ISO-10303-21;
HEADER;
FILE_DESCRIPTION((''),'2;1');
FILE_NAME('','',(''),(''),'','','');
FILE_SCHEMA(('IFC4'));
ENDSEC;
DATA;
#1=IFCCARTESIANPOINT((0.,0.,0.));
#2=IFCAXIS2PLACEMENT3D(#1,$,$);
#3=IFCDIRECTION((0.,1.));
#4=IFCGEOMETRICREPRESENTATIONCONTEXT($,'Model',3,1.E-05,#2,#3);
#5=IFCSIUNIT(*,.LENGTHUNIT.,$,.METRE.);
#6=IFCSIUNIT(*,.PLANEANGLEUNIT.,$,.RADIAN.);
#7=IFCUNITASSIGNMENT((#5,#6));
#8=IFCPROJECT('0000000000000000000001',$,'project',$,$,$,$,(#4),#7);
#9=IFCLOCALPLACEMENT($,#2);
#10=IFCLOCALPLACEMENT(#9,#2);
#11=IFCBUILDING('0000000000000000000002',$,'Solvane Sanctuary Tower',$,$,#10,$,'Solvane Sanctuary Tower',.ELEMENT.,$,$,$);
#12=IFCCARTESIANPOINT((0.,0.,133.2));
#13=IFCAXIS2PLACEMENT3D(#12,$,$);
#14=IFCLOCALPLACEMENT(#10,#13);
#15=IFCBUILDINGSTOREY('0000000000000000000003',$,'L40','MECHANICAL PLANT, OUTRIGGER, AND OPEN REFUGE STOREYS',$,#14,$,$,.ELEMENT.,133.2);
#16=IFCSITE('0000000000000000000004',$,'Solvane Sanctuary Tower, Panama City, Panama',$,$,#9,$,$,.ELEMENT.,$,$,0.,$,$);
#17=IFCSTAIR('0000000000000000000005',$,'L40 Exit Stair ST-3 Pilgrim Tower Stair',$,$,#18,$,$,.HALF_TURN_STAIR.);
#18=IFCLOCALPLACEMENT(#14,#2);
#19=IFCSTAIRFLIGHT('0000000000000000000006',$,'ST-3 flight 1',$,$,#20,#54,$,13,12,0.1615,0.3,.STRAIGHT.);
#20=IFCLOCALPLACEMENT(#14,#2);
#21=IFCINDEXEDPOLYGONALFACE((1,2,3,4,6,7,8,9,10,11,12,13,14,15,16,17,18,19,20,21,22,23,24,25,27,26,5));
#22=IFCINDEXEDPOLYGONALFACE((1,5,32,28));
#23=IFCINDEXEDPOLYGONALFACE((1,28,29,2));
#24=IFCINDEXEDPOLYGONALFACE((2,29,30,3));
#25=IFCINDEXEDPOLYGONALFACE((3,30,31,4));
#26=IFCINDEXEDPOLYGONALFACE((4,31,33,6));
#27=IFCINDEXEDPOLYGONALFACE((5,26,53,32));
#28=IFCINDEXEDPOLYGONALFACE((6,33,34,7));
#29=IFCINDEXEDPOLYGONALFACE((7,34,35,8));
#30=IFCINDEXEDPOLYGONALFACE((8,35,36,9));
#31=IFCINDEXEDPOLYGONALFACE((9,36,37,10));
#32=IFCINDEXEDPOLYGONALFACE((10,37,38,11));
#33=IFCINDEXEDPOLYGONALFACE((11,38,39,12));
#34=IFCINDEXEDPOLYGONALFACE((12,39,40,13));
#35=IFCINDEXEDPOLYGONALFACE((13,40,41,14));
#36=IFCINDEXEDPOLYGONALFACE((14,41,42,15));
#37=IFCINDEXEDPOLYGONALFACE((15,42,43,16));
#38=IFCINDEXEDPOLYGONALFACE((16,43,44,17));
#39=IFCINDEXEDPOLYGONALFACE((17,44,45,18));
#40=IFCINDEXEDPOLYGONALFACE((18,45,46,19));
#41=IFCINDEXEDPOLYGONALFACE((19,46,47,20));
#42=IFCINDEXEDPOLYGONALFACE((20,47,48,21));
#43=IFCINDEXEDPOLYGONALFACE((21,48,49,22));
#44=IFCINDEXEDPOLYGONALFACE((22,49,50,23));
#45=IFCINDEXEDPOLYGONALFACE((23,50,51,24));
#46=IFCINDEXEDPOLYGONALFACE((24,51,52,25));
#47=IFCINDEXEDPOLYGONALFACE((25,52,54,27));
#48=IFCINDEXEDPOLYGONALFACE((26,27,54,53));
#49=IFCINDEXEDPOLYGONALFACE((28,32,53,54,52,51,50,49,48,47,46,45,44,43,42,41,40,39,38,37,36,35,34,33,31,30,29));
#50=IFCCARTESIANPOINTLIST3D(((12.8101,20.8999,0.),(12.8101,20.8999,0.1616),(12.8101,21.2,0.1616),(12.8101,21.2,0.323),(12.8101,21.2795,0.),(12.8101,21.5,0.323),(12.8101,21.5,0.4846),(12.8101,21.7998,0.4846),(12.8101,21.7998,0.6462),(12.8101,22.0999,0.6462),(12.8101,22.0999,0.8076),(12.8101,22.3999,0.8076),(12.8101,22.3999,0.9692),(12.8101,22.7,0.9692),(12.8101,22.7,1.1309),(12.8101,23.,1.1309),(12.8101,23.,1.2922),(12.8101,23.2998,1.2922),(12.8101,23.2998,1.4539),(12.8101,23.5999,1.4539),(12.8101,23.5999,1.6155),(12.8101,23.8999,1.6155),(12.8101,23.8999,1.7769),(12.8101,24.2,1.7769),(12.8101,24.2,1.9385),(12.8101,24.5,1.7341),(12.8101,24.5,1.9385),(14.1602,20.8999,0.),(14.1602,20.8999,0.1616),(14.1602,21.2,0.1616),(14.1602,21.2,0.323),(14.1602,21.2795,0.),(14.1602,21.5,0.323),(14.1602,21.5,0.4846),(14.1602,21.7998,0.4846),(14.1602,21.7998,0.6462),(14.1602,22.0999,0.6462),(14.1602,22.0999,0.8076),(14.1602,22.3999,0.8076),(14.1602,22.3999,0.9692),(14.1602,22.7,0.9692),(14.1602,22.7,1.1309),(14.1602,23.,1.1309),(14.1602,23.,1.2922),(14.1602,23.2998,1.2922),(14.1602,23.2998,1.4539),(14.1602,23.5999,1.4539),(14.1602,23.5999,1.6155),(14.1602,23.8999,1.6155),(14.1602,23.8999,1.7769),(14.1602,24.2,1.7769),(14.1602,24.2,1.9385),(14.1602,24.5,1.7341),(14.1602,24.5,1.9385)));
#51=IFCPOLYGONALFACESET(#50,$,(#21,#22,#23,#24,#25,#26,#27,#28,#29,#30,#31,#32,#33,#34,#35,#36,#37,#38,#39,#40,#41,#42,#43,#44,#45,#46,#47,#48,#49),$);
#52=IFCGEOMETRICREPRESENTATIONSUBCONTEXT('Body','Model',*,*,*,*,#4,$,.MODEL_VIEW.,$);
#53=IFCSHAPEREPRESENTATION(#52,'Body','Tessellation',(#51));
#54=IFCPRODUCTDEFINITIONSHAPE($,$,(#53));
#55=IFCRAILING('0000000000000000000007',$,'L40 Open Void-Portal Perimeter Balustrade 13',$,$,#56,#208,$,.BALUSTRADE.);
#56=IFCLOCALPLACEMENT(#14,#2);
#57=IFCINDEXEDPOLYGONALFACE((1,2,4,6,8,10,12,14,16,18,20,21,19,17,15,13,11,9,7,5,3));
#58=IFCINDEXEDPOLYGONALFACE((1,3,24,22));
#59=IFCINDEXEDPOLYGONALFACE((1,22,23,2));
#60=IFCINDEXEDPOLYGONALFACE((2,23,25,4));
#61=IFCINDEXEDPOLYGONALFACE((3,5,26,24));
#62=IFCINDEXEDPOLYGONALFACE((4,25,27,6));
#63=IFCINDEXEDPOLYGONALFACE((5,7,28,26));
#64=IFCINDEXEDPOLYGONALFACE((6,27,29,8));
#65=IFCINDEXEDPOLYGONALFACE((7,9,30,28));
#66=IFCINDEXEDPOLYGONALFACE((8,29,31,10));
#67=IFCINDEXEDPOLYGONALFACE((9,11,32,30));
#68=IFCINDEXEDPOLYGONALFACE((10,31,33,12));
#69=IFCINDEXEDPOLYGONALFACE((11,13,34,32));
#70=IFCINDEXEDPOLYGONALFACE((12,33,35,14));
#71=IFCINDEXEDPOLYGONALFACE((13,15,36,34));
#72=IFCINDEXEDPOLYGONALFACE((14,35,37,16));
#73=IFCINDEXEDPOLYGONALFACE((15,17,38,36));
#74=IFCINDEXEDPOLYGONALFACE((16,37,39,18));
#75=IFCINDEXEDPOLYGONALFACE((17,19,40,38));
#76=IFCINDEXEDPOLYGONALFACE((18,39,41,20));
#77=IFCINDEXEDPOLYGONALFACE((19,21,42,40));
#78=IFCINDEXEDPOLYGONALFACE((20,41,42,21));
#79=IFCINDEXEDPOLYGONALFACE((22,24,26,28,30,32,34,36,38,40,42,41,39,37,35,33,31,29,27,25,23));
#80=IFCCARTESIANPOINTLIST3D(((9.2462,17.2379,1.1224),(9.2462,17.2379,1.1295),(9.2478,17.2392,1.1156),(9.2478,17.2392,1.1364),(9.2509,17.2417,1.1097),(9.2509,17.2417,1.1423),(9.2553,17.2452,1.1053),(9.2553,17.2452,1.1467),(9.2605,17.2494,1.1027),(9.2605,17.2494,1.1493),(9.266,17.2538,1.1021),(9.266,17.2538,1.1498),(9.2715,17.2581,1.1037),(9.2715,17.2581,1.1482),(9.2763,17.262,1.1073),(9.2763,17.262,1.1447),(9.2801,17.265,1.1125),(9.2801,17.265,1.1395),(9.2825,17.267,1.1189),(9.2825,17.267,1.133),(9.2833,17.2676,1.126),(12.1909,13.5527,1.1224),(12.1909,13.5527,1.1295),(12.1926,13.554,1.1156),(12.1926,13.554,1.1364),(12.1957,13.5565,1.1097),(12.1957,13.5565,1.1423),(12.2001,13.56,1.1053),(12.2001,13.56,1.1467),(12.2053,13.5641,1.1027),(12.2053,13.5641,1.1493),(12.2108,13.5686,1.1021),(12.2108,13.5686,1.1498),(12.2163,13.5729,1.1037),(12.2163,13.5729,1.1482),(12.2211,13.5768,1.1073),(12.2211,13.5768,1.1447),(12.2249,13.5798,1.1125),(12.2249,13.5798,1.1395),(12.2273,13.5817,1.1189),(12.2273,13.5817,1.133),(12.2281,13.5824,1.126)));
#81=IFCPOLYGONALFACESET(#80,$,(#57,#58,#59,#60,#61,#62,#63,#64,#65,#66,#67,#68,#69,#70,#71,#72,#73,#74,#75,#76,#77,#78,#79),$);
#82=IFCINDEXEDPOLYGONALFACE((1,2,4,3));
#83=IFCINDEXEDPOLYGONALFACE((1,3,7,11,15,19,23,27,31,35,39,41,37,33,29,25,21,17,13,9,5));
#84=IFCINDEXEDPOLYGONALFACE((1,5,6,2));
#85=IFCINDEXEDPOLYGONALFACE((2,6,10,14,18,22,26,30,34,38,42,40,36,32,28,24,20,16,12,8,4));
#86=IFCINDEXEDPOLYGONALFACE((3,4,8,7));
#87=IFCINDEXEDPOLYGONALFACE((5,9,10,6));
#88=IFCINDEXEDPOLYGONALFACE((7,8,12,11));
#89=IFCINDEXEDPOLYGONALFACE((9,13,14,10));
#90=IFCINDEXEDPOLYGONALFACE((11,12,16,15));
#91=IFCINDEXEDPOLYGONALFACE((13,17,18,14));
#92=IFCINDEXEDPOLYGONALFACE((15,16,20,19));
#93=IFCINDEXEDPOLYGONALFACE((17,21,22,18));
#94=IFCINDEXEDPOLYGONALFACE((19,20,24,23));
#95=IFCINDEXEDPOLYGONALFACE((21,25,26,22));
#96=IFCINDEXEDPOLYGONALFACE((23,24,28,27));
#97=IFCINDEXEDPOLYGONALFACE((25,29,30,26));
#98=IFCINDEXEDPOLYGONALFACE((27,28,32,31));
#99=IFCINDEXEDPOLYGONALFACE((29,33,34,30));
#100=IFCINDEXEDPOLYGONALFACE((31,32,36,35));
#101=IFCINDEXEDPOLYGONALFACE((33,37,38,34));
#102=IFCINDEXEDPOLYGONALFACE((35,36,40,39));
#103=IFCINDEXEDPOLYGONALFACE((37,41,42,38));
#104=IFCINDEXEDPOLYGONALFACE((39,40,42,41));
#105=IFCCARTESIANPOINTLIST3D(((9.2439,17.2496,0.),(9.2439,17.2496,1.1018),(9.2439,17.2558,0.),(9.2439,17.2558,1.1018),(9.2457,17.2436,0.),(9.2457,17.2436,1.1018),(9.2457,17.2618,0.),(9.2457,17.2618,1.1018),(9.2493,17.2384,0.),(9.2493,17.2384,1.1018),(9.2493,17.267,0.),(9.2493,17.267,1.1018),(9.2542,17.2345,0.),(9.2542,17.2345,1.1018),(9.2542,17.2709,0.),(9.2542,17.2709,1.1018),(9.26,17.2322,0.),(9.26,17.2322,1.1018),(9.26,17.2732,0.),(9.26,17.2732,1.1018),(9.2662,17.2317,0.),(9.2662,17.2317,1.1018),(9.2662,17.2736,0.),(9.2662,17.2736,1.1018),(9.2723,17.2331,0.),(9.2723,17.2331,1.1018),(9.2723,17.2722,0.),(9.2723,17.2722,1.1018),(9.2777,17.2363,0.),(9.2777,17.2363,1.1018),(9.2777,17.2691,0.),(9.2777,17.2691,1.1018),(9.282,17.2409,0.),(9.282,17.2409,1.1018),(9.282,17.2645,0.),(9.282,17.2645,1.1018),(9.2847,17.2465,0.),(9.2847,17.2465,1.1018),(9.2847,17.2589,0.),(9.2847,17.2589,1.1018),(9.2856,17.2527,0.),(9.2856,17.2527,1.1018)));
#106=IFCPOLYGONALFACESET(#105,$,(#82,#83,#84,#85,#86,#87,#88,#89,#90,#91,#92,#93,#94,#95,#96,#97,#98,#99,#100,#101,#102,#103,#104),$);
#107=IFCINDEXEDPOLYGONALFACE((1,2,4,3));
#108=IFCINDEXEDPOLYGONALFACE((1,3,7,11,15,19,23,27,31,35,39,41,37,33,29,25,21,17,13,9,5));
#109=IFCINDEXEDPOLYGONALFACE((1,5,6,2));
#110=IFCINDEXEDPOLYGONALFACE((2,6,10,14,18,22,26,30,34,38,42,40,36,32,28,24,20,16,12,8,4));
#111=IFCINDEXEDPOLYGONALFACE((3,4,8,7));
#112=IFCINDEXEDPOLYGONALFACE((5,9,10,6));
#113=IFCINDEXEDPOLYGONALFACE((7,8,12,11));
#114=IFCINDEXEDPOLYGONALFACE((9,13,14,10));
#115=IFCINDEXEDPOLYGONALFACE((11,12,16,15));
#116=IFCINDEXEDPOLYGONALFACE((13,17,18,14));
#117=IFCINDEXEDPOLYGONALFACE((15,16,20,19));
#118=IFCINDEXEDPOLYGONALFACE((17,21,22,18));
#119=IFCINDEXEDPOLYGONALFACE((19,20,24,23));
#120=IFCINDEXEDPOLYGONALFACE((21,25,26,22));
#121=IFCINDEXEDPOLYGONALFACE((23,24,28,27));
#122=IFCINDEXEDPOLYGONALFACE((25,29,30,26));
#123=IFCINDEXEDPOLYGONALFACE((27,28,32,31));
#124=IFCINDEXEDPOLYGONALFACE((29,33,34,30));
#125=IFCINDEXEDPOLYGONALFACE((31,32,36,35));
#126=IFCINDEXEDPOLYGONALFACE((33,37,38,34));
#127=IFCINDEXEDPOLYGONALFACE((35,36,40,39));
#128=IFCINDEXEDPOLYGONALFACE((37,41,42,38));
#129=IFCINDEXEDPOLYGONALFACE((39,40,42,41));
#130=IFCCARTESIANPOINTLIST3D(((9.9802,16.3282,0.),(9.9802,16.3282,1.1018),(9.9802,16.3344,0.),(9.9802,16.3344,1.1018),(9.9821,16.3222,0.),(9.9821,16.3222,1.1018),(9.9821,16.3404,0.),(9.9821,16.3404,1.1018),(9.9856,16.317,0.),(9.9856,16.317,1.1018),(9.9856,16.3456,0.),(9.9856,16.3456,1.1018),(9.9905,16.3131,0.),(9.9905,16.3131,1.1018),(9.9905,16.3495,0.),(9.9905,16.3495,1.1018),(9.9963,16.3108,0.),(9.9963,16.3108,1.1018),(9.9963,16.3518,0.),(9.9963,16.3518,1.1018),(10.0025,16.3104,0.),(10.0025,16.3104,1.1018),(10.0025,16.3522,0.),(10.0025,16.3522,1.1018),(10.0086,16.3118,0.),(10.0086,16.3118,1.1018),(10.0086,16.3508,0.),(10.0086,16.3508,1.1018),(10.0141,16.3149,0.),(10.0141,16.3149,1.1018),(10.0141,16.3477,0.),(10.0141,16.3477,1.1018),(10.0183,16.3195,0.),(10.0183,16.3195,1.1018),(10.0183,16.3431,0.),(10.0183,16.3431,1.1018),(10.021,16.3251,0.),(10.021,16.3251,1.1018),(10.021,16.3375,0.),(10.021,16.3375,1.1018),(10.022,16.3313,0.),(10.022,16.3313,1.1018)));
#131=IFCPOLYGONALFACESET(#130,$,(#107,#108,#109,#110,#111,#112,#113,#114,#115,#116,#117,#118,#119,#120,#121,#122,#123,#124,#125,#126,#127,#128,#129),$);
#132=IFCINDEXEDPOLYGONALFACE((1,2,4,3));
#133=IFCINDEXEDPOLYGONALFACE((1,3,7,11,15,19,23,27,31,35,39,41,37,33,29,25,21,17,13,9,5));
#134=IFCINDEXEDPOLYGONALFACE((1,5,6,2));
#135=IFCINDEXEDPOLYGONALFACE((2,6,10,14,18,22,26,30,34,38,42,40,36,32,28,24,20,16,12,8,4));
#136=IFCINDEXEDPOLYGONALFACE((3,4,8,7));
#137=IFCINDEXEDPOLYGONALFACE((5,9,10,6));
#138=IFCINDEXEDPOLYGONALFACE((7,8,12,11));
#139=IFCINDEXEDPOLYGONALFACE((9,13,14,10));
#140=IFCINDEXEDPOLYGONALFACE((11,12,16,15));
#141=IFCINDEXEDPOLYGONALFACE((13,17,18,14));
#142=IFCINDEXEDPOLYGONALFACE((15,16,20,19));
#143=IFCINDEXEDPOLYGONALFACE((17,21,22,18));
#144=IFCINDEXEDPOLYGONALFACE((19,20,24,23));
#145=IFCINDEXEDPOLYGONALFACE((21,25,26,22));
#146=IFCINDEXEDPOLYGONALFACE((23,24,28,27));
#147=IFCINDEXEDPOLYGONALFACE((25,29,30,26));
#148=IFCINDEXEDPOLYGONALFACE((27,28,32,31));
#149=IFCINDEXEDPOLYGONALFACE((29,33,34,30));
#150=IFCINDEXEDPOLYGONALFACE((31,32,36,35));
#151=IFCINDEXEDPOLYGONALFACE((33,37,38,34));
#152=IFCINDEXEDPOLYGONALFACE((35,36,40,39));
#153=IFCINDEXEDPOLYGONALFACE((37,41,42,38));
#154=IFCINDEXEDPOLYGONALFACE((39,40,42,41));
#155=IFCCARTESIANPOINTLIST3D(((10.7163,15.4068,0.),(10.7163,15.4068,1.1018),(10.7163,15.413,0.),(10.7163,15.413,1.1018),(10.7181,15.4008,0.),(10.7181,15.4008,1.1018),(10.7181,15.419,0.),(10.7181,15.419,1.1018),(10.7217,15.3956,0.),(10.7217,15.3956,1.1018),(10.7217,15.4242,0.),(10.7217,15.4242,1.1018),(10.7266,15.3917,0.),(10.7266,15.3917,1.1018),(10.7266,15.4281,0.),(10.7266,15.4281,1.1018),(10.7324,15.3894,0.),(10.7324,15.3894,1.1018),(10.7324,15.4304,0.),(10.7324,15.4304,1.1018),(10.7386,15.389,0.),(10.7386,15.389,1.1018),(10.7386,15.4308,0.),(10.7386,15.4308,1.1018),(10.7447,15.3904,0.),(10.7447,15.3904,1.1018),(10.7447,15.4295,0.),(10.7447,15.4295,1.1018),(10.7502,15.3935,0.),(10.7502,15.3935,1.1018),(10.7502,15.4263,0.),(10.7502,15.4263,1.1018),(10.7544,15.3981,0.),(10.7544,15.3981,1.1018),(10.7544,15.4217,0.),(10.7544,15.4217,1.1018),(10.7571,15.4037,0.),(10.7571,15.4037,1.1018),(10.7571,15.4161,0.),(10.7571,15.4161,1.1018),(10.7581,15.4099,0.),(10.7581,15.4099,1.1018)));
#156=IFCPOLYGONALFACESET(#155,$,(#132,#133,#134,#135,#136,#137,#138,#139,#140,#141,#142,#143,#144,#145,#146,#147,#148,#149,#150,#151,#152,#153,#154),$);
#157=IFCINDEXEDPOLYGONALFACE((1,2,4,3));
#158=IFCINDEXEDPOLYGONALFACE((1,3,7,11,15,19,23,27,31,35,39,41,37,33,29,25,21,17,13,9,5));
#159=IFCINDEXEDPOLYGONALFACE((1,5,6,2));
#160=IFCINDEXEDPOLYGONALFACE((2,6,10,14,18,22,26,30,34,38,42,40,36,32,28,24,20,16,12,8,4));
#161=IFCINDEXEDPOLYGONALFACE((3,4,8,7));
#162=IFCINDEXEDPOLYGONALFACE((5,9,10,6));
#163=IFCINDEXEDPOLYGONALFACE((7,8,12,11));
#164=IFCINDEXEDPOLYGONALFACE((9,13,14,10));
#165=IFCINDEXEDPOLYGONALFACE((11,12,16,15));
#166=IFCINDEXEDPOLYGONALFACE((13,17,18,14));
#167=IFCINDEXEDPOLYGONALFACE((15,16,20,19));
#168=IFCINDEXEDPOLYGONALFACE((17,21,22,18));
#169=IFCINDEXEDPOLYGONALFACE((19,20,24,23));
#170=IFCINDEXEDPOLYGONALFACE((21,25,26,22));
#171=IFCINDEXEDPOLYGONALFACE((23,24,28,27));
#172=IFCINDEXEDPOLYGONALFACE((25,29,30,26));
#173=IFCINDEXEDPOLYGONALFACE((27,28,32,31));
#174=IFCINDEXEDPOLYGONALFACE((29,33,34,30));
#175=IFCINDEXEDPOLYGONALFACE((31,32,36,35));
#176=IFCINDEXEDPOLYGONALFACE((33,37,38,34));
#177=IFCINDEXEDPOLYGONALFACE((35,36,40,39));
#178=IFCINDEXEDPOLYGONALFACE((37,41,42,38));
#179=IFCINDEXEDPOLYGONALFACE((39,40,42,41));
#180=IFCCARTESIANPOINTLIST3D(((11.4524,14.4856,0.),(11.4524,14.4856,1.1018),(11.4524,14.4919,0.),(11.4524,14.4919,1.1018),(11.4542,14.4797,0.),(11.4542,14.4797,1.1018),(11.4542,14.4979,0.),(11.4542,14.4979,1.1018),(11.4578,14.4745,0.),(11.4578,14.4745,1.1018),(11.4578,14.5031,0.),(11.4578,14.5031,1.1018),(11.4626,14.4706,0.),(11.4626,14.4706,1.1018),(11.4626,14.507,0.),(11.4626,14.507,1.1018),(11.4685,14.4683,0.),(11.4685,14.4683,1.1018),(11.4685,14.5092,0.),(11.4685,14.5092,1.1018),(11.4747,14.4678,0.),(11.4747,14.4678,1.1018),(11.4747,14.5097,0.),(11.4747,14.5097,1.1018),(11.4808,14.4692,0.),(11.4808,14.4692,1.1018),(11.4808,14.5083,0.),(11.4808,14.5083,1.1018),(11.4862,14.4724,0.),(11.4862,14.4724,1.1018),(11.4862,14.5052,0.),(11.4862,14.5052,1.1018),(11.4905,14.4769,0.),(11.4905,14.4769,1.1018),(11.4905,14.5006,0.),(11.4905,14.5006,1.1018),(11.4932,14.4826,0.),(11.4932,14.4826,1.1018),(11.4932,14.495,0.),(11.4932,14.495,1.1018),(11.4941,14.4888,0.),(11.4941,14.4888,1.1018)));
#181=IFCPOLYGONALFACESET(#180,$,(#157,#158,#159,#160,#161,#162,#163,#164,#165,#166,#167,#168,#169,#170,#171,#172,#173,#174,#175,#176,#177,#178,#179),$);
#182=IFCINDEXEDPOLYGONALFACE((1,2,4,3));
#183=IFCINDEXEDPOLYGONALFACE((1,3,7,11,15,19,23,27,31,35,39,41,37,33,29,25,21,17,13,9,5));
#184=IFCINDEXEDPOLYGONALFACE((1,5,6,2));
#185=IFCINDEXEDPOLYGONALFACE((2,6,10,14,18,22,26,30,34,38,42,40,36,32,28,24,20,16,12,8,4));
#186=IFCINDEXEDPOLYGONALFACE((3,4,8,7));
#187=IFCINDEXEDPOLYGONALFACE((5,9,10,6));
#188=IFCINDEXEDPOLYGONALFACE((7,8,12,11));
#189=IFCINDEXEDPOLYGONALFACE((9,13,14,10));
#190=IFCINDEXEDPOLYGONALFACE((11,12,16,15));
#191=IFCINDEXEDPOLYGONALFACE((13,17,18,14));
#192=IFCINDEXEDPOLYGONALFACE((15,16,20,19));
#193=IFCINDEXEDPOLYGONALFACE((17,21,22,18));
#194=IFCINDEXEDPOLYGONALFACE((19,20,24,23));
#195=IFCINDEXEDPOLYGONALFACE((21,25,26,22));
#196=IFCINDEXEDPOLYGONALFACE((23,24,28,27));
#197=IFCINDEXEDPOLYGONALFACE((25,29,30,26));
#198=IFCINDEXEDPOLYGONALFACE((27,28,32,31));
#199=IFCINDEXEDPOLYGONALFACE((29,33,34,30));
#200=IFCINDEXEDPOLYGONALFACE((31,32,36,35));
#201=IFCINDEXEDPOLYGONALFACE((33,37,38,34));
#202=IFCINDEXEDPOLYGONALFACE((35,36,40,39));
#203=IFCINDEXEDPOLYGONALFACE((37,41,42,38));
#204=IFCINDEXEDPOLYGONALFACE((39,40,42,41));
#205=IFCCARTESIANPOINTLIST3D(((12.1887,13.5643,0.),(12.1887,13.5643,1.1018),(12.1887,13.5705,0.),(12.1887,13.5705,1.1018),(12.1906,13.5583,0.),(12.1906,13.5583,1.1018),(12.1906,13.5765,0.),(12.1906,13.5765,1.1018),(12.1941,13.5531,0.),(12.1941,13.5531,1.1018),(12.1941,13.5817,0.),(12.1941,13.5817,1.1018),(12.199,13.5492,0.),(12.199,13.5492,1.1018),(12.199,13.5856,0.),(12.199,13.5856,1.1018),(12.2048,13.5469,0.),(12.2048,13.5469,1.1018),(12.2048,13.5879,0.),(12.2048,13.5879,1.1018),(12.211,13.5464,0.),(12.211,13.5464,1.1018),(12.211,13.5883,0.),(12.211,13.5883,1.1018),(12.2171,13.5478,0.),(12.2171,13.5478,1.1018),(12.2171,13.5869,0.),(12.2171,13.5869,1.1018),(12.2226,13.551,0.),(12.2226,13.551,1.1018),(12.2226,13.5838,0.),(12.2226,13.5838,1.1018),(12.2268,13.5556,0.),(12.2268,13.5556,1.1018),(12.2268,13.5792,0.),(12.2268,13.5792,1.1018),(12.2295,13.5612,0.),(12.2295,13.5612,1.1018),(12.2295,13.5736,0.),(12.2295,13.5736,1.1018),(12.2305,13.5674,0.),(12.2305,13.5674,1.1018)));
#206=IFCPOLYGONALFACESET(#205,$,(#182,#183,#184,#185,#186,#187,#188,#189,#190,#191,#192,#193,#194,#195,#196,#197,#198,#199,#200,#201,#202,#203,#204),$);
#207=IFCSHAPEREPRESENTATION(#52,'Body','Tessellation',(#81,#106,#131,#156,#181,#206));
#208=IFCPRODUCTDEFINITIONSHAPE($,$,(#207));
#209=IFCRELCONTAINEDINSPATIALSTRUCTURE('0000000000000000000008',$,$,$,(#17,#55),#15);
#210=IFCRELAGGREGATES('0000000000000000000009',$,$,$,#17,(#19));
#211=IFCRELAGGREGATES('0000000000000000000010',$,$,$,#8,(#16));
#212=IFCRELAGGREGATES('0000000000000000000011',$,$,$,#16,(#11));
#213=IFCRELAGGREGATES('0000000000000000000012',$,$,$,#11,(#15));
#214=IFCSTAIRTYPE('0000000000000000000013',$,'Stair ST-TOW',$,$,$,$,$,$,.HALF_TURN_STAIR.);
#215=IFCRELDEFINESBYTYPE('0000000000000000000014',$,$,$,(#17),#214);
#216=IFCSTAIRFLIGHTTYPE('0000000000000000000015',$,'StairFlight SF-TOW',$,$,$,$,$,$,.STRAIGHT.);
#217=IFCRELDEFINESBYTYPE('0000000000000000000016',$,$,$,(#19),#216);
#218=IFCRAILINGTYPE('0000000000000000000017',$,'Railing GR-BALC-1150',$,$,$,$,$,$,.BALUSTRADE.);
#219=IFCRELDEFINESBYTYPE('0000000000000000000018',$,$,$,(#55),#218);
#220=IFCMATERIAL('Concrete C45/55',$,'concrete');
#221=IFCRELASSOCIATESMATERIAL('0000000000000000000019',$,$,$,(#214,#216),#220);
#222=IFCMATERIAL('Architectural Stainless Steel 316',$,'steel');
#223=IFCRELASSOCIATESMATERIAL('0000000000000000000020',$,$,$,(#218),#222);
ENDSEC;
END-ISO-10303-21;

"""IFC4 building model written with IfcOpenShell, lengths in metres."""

from ifc_helpers import new_model, si_unit, direction, frame, origin, origin_2d, place, context, subcontext, project, spatial, polyline, circle, outline, extrude, material, type_object, element, aggregate, save


model = new_model("IFC4")

# Units and contexts
model_context = context("Model", 3, precision=1e-05, world=origin(), true_north=direction((0.0, 1.0)))
body_context = subcontext(model_context, "Body", "Model", "MODEL_VIEW")
ifc_project = project(units=[si_unit("LENGTHUNIT", "METRE"), si_unit("PLANEANGLEUNIT", "RADIAN")], contexts=[model_context])

# Site, building, storey
site_placement = place(None, origin())
site = spatial("IfcSite", under=ifc_project, at=site_placement, Name="Solvane Sanctuary Tower, Panama City, Panama", CompositionType="ELEMENT", RefElevation=0.0)
building_placement = place(site_placement, origin())
building = spatial("IfcBuilding", under=site, at=building_placement, Name="Solvane Sanctuary Tower", LongName="Solvane Sanctuary Tower", CompositionType="ELEMENT")
storey_placement = place(building_placement, frame((0.0, 0.0, 133.2)))
storey = spatial("IfcBuildingStorey", under=building, at=storey_placement, Name="L40", Description="MECHANICAL PLANT, OUTRIGGER, AND OPEN REFUGE STOREYS", CompositionType="ELEMENT", Elevation=133.2)

# Stair
ifc_material_1 = material(Name="Concrete C45/55", Category="concrete")
stair_type = type_object("IfcStairType", Name="Stair ST-TOW", PredefinedType="HALF_TURN_STAIR", material=ifc_material_1)
stair_1_placement = place(storey_placement, origin())
stair_1 = element("IfcStair", 1, at=stair_1_placement, inside=storey, type_object=stair_type, Name="L40 Exit Stair ST-3 Pilgrim Tower Stair", PredefinedType="HALF_TURN_STAIR")

# Shared definitions
ifc_material_2 = material(Name="Architectural Stainless Steel 316", Category="steel")

# Stair flight
stair_flight_type = type_object("IfcStairFlightType", Name="StairFlight SF-TOW", PredefinedType="STRAIGHT", material=ifc_material_1)
stair_flight_1_placement = place(storey_placement, frame((13.4851, 20.8999, 0.0), z_axis=(0.0, 0.0, 1.0), x_axis=(0.0, 1.0, 0.0)))
stair_flight_1 = element("IfcStairFlight", 2, at=stair_flight_1_placement, type_object=stair_flight_type, Name="ST-3 flight 1", NumberOfRisers=13, NumberOfTreads=12, PredefinedType="STRAIGHT", RiserHeight=0.1615, TreadLength=0.3, context=body_context, shape_type="SweptSolid", body=[
    extrude(outline(polyline([(0.0, 0.0), (0.0, 0.1616), (0.3, 0.1616), (0.3, 0.323), (0.6001, 0.323), (0.6001, 0.4846), (0.8999, 0.4846), (0.8999, 0.6462), (1.2, 0.6462), (1.2, 0.8076), (1.5, 0.8076), (1.5, 0.9692), (1.8, 0.9692), (1.8, 1.1309), (2.1001, 1.1309), (2.1001, 1.2922), (2.3999, 1.2922), (2.3999, 1.4539), (2.7, 1.4539), (2.7, 1.6155), (3.0, 1.6155), (3.0, 1.7769), (3.3, 1.7769), (3.3, 1.9385), (3.6001, 1.9385), (3.6001, 2.1001), (3.6001, 1.7341), (0.3796, 0.0), (0.0, 0.0)])), frame((0.0, 0.675, 0.0), z_axis=(0.0, -1.0, 0.0), x_axis=(1.0, 0.0, 0.0)), (0.0, 0.0, 1.0), 1.3501),
])
aggregate(stair_1, [stair_flight_1])

# Railing
railing_type_1 = type_object("IfcRailingType", Name="Railing GR-BALC-1150", PredefinedType="BALUSTRADE", material=ifc_material_2)
railing_1_placement = place(storey_placement, frame((9.2646, 17.2527, 0.0)))
element("IfcRailing", 3, at=railing_1_placement, inside=storey, type_object=railing_type_1, Name="L40 Open Void-Portal Perimeter Balustrade 13", PredefinedType="BALUSTRADE", context=body_context, shape_type="SweptSolid", body=[
    extrude(circle(Radius=0.0239, at=origin_2d()), frame((0.0, 0.0, 1.126), z_axis=(0.624253, -0.781222, 0.0), x_axis=(0.781222, 0.624253, 0.0)), (0.0, 0.0, 1.0), 4.7173),
    extrude(circle(Radius=0.021, at=origin_2d()), origin(), (0.0, 0.0, 1.0), 1.1018),
    extrude(circle(Radius=0.021, at=origin_2d()), frame((0.7363, -0.9214, 0.0)), (0.0, 0.0, 1.0), 1.1018),
    extrude(circle(Radius=0.021, at=origin_2d()), frame((1.4724, -1.8428, 0.0)), (0.0, 0.0, 1.0), 1.1018),
    extrude(circle(Radius=0.021, at=origin_2d()), frame((2.2085, -2.7639, 0.0)), (0.0, 0.0, 1.0), 1.1018),
    extrude(circle(Radius=0.021, at=origin_2d()), frame((2.9448, -3.6853, 0.0)), (0.0, 0.0, 1.0), 1.1018),
])

save(model, "model.ifc")
